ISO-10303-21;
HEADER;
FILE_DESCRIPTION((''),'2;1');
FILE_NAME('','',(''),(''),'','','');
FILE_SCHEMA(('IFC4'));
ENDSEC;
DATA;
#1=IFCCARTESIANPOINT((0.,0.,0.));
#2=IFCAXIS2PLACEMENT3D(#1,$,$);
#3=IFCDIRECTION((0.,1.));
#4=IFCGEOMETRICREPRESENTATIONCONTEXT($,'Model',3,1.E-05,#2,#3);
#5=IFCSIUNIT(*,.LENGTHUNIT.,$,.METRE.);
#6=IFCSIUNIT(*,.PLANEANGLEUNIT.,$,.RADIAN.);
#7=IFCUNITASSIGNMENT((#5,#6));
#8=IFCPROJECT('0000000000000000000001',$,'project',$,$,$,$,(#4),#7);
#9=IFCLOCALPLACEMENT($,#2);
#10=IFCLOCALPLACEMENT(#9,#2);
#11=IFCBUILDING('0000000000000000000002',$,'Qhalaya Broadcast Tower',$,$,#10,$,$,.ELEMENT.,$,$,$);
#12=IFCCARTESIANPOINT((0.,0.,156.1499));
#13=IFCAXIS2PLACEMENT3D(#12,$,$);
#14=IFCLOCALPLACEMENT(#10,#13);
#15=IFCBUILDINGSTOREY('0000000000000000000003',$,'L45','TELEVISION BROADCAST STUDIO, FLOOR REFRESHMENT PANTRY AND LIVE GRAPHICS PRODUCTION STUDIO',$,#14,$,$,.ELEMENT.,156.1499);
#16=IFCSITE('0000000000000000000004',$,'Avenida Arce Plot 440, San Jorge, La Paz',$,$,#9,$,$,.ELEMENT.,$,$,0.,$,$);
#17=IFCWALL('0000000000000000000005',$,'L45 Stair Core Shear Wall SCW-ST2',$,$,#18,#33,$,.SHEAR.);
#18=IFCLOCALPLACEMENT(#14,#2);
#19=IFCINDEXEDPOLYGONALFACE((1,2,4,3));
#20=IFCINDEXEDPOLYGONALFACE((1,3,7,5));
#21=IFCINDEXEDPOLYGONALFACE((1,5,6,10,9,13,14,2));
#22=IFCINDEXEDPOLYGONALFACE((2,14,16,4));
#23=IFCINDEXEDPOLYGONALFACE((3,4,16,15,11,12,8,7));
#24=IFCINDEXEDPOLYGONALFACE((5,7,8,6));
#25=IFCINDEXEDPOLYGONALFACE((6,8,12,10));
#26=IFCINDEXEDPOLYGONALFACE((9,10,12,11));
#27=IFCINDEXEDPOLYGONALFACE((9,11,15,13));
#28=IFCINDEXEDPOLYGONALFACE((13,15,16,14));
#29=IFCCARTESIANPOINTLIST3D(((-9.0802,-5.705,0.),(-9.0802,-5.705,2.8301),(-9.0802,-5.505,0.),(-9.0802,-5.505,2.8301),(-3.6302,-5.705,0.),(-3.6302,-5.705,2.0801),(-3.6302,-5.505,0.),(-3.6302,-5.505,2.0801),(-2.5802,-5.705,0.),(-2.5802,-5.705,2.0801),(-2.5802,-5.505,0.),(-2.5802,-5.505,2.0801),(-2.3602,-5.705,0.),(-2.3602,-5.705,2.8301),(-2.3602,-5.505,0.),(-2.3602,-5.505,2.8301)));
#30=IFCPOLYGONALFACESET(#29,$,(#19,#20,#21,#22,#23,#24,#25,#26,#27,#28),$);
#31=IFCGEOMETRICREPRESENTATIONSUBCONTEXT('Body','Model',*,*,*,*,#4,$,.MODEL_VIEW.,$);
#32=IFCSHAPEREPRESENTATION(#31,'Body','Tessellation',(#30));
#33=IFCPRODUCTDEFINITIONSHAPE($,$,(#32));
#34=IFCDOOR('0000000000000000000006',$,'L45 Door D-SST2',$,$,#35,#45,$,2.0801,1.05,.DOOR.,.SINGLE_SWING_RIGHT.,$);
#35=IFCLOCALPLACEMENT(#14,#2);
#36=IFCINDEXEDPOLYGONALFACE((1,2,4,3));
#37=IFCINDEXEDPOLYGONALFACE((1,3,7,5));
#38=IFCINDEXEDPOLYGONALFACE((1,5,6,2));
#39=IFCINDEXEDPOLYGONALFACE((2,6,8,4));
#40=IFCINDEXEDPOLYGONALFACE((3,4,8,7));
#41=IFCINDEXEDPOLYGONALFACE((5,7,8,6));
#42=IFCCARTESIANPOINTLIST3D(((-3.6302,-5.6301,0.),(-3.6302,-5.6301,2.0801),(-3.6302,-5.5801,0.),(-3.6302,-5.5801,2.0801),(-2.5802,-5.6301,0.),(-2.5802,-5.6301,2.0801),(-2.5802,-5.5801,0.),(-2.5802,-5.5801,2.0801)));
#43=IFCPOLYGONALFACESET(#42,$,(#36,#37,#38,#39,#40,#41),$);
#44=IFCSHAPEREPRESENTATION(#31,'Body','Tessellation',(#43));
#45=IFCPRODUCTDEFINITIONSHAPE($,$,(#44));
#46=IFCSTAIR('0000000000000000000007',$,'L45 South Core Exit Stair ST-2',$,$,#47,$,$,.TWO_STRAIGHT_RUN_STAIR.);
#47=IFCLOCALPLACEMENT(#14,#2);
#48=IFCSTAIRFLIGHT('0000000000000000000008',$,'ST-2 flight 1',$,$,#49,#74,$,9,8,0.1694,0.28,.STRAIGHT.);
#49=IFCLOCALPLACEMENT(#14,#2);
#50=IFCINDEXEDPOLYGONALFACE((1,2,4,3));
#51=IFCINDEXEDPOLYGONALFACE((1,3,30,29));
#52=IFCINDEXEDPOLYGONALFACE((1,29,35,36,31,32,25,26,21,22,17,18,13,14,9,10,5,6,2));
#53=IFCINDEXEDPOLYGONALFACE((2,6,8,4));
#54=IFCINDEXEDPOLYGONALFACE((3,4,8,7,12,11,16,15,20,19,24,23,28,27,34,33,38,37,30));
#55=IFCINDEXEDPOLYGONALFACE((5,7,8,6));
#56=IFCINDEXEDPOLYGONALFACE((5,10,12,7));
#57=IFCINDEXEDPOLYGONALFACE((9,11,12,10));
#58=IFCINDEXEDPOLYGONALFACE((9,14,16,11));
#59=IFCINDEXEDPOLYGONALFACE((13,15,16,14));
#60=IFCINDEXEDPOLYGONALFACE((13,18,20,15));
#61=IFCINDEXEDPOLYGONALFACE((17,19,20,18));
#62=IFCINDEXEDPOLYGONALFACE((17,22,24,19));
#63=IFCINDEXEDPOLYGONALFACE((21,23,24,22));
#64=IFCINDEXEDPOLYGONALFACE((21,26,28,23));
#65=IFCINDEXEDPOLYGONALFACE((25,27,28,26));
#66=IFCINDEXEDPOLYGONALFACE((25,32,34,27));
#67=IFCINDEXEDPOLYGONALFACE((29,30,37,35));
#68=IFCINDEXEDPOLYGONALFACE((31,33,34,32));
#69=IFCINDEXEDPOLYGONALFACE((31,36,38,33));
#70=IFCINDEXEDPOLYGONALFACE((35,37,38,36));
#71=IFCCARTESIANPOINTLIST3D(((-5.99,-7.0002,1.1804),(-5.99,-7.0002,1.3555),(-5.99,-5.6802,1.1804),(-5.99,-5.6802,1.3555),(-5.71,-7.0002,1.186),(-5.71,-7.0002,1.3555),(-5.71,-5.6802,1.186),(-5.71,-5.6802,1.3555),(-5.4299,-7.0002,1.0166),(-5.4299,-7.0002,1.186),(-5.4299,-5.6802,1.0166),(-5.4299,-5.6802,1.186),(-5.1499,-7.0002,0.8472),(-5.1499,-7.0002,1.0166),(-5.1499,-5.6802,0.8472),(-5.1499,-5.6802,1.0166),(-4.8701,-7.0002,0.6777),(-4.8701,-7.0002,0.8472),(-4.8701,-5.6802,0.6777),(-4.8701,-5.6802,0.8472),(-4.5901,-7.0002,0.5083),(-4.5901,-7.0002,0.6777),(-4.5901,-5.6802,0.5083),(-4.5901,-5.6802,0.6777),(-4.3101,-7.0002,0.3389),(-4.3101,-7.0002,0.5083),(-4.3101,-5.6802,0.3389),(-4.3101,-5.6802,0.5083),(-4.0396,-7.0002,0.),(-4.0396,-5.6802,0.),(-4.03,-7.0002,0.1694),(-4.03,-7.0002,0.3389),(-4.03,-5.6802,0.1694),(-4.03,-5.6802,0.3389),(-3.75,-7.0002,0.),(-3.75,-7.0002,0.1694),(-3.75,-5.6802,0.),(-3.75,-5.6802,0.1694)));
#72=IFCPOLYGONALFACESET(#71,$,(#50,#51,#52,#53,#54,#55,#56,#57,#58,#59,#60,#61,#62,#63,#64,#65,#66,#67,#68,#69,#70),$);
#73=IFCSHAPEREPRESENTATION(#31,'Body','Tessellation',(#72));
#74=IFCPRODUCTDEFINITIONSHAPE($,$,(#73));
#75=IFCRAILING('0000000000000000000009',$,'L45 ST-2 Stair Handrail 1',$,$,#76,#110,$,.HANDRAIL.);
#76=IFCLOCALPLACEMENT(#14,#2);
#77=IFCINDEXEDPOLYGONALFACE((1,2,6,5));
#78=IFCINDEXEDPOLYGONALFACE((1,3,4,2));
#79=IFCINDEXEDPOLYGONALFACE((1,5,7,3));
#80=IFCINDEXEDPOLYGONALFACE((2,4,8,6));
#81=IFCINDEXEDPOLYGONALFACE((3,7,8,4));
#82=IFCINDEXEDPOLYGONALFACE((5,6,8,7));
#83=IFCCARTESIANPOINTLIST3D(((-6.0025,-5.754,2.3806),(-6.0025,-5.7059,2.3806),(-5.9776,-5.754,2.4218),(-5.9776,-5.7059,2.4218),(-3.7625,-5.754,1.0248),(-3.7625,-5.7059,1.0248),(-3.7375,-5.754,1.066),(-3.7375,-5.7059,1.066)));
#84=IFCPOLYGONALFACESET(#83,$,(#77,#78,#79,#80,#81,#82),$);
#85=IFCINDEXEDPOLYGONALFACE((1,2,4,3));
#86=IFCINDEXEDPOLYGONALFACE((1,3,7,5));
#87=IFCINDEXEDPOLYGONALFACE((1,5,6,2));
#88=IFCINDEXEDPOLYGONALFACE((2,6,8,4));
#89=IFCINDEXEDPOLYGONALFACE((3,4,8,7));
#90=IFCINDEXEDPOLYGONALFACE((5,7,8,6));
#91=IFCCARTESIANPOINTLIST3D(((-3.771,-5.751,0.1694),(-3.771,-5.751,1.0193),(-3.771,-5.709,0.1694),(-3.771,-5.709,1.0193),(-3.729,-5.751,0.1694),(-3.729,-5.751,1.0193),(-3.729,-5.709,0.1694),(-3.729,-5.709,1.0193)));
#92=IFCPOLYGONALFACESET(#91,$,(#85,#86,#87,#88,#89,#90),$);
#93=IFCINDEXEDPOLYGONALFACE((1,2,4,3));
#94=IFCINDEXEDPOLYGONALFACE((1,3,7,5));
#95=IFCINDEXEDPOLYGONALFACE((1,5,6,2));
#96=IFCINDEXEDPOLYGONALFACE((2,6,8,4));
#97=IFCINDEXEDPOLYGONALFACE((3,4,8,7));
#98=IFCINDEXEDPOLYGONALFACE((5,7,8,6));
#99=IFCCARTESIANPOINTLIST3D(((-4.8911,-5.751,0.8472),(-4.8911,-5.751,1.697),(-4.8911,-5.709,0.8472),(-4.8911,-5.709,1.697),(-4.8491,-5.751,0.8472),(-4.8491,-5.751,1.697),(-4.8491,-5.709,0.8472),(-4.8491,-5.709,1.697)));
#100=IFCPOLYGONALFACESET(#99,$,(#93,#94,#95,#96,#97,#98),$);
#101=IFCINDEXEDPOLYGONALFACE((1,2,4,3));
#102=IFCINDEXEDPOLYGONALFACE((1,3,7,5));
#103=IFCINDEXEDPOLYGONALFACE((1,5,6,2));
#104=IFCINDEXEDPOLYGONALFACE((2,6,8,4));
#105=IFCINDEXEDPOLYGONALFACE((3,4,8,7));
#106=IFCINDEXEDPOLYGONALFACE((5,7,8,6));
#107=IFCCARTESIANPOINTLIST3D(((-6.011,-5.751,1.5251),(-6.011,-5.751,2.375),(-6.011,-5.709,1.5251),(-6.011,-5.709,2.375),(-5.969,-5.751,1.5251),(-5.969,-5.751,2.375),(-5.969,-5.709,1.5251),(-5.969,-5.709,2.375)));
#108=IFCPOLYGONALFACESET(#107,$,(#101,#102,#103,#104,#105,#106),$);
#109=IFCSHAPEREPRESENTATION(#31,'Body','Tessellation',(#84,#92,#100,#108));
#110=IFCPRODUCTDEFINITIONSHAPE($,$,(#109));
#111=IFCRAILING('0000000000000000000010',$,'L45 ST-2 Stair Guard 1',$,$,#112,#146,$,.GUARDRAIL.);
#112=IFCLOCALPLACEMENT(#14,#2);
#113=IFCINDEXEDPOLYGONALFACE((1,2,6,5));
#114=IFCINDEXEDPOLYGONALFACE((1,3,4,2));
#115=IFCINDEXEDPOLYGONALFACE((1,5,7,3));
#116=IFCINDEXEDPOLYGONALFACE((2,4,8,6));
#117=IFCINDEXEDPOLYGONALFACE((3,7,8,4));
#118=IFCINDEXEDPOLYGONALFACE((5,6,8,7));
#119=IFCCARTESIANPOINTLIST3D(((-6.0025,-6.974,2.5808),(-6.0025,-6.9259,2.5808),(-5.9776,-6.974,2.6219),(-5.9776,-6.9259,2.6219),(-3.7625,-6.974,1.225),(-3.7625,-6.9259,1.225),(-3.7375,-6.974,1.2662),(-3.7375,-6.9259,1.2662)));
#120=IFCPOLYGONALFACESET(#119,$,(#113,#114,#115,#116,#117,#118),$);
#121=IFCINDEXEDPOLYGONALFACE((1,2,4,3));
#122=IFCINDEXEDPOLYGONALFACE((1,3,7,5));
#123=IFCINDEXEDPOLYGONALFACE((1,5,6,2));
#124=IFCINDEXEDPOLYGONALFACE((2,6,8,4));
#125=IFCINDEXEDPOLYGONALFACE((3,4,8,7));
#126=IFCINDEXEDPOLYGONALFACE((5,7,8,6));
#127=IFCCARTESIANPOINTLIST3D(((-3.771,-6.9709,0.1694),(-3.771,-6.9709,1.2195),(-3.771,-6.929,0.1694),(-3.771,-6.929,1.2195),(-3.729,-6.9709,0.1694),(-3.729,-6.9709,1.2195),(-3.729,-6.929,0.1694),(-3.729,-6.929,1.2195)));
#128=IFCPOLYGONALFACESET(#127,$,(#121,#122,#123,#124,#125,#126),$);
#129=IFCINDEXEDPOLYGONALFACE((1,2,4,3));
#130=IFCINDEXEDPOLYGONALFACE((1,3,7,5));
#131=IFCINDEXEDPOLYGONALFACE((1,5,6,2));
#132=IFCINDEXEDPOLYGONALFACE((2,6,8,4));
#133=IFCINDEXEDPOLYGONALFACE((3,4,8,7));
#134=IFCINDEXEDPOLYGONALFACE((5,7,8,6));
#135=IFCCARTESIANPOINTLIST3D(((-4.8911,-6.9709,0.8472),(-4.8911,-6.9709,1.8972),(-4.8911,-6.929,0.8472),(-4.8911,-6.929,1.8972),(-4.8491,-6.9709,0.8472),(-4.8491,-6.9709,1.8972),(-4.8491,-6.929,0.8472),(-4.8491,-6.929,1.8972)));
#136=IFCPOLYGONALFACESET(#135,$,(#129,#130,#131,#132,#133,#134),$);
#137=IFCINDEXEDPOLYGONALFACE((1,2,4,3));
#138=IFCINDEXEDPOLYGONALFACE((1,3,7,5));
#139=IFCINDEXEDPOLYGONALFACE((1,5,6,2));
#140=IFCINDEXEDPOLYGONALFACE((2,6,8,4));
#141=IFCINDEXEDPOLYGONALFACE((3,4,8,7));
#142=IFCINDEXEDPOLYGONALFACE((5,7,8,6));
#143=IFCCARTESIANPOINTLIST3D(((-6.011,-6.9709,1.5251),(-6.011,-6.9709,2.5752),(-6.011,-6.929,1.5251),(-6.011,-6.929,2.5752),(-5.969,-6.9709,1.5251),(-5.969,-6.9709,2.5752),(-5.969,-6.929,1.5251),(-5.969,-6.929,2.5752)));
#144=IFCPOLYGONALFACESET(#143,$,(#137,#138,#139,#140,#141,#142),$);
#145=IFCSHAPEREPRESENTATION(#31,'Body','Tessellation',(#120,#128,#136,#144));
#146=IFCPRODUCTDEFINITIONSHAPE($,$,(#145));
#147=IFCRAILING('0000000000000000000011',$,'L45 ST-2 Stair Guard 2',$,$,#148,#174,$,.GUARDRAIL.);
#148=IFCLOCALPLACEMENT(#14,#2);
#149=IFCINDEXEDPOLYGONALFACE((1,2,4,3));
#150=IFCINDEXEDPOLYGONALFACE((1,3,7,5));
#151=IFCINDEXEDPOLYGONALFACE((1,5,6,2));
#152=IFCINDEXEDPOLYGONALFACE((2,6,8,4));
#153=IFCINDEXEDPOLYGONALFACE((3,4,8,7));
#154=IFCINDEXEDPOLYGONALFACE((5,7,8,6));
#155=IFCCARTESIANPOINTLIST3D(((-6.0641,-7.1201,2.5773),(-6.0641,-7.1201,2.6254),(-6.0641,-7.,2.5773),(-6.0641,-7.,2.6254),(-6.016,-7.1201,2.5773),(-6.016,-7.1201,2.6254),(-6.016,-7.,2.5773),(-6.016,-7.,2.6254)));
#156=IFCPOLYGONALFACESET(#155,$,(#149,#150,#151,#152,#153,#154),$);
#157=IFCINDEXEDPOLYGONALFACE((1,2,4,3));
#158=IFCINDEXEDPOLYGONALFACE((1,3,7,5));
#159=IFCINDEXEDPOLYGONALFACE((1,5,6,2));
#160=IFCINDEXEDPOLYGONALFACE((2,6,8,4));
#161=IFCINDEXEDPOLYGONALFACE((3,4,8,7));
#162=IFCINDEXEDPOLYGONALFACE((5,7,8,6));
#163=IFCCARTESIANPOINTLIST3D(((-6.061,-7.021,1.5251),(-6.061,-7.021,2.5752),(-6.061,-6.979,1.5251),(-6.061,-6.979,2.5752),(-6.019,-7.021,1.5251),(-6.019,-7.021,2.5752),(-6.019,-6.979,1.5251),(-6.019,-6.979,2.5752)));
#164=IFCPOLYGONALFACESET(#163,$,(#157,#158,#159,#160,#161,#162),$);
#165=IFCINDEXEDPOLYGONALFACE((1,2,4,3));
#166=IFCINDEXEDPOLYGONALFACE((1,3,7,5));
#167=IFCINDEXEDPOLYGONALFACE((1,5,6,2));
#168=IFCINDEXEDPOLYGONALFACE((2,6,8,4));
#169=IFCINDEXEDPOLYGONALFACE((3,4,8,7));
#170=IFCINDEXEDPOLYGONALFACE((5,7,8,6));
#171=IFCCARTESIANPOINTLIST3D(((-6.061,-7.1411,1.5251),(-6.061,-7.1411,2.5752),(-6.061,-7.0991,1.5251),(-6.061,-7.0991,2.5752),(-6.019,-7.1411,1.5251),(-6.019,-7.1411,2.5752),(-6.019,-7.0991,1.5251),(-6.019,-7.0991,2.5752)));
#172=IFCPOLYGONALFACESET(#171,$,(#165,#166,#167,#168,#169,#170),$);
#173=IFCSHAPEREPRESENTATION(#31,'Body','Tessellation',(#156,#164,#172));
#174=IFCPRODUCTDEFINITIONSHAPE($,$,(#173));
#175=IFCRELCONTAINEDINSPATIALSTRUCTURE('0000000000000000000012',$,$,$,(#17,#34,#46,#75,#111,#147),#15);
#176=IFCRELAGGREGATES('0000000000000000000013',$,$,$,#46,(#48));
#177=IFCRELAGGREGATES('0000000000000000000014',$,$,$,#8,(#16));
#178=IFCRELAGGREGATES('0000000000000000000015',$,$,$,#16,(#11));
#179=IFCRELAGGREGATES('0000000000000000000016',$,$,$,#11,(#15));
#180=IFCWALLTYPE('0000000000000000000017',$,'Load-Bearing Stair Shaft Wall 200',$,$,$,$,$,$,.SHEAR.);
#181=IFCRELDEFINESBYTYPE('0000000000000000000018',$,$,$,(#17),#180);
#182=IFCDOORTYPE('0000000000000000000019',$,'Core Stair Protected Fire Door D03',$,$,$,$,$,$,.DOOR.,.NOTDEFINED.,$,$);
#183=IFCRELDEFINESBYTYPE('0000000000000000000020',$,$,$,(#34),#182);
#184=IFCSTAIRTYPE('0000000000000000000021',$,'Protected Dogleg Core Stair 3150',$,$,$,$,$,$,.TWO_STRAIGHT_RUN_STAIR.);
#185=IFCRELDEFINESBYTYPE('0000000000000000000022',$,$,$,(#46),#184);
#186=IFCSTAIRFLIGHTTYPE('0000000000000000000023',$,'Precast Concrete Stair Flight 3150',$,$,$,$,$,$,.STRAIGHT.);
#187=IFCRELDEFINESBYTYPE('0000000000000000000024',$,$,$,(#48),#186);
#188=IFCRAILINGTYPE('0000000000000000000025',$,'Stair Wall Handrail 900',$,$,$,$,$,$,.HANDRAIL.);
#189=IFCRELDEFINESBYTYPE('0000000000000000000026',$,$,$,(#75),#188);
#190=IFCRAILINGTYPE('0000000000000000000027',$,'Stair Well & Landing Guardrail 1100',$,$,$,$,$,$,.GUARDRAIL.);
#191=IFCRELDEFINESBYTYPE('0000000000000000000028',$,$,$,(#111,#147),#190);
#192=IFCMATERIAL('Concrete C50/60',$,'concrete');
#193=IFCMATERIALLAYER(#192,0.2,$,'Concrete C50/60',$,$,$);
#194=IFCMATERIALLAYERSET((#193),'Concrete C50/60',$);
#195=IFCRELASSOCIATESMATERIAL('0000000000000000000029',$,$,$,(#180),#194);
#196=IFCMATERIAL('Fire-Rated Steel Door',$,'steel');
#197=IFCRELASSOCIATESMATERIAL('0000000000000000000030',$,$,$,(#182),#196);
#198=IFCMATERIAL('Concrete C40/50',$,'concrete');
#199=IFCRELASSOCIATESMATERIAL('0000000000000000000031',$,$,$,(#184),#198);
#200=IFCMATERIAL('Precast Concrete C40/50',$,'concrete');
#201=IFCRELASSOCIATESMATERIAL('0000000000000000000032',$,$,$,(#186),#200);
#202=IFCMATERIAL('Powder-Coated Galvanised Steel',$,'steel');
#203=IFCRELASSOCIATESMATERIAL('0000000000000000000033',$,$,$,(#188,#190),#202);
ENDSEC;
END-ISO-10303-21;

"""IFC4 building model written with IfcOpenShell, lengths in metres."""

from ifc_helpers import new_model, si_unit, direction, frame, frame_2d, origin, origin_2d, place, context, subcontext, project, spatial, polyline, rectangle, outline, extrude, material, layer, layer_set, type_object, element, fill, aggregate, save


model = new_model("IFC4")

# Units and contexts
model_context = context("Model", 3, precision=1e-05, world=origin(), true_north=direction((0.0, 1.0)))
body_context = subcontext(model_context, "Body", "Model", "MODEL_VIEW")
ifc_project = project(units=[si_unit("LENGTHUNIT", "METRE"), si_unit("PLANEANGLEUNIT", "RADIAN")], contexts=[model_context])

# Site, building, storey
site_placement = place(None, origin())
site = spatial("IfcSite", under=ifc_project, at=site_placement, Name="Avenida Arce Plot 440, San Jorge, La Paz", CompositionType="ELEMENT", RefElevation=0.0)
building_placement = place(site_placement, origin())
building = spatial("IfcBuilding", under=site, at=building_placement, Name="Qhalaya Broadcast Tower", CompositionType="ELEMENT")
storey_placement = place(building_placement, frame((0.0, 0.0, 156.1499)))
storey = spatial("IfcBuildingStorey", under=building, at=storey_placement, Name="L45", Description="TELEVISION BROADCAST STUDIO, FLOOR REFRESHMENT PANTRY AND LIVE GRAPHICS PRODUCTION STUDIO", CompositionType="ELEMENT", Elevation=156.1499)

# Shared definitions
ifc_material_1 = material(Name="Concrete C50/60", Category="concrete")

# Wall, opening, door
ifc_layer_1 = layer(ifc_material_1, 0.2, Name="Concrete C50/60")
ifc_layer_set_1 = layer_set([ifc_layer_1], Name="Concrete C50/60")
wall_type_1 = type_object("IfcWallType", Name="Load-Bearing Stair Shaft Wall 200", PredefinedType="SHEAR", material=ifc_layer_set_1)
wall_1_placement = place(storey_placement, frame((-9.0801, -5.605, 0.0), z_axis=(0.0, 0.0, 1.0), x_axis=(1.0, 0.0, 0.0)))
wall_1 = element("IfcWall", 1, at=wall_1_placement, inside=storey, type_object=wall_type_1, Name="L45 Stair Core Shear Wall SCW-ST2", PredefinedType="SHEAR", context=body_context, shape_type="SweptSolid", body=[
    extrude(rectangle(XDim=6.72, YDim=0.2, at=frame_2d((3.3599, 0.0))), origin(), (0.0, 0.0, 1.0), 2.8301),
])
opening_1_placement = place(wall_1_placement, frame((5.45, 0.0, 0.0)))
opening_1 = element("IfcOpeningElement", 2, at=opening_1_placement, cuts=wall_1, PredefinedType="OPENING", context=body_context, shape_type="SweptSolid", body=[
    extrude(rectangle(XDim=1.05, YDim=2.0801, at=frame_2d((0.5249, 1.04))), frame((0.0, 0.1121, 0.0), z_axis=(0.0, -1.0, 0.0), x_axis=(1.0, 0.0, 0.0)), (0.0, 0.0, 1.0), 0.2239),
])
ifc_material_2 = material(Name="Fire-Rated Steel Door", Category="steel")
door_type_1 = type_object("IfcDoorType", Name="Core Stair Protected Fire Door D03", OperationType="NOTDEFINED", PredefinedType="DOOR", material=ifc_material_2)
door_1_placement = place(opening_1_placement, origin())
door_1 = element("IfcDoor", 3, at=door_1_placement, inside=storey, type_object=door_type_1, Name="L45 Door D-SST2", OperationType="SINGLE_SWING_RIGHT", OverallHeight=2.0801, OverallWidth=1.05, PredefinedType="DOOR", context=body_context, shape_type="SweptSolid", body=[
    extrude(rectangle(XDim=1.05, YDim=2.0801, at=frame_2d((0.5249, 1.04))), frame((0.0, 0.0249, 0.0), z_axis=(0.0, -1.0, 0.0), x_axis=(1.0, 0.0, 0.0)), (0.0, 0.0, 1.0), 0.05),
])
fill(opening_1, door_1)

# Stair, stair flight
ifc_material_3 = material(Name="Concrete C40/50", Category="concrete")
stair_type = type_object("IfcStairType", Name="Protected Dogleg Core Stair 3150", PredefinedType="TWO_STRAIGHT_RUN_STAIR", material=ifc_material_3)
stair_placement = place(storey_placement, origin())
stair = element("IfcStair", 4, at=stair_placement, inside=storey, type_object=stair_type, Name="L45 South Core Exit Stair ST-2", PredefinedType="TWO_STRAIGHT_RUN_STAIR")
ifc_material_4 = material(Name="Precast Concrete C40/50", Category="concrete")
stair_flight_type = type_object("IfcStairFlightType", Name="Precast Concrete Stair Flight 3150", PredefinedType="STRAIGHT", material=ifc_material_4)
stair_flight_placement = place(storey_placement, frame((-3.75, -6.3401, 0.0), z_axis=(0.0, 0.0, 1.0), x_axis=(-1.0, 0.0, 0.0)))
stair_flight = element("IfcStairFlight", 5, at=stair_flight_placement, type_object=stair_flight_type, Name="ST-2 flight 1", NumberOfRisers=9, NumberOfTreads=8, PredefinedType="STRAIGHT", RiserHeight=0.1694, TreadLength=0.28, context=body_context, shape_type="SweptSolid", body=[
    extrude(outline(polyline([(0.0, 0.0), (0.0, 0.1694), (0.28, 0.1694), (0.28, 0.3389), (0.5601, 0.3389), (0.5601, 0.5083), (0.8401, 0.5083), (0.8401, 0.6777), (1.1201, 0.6777), (1.1201, 0.8472), (1.3999, 0.8472), (1.3999, 1.0166), (1.6799, 1.0166), (1.6799, 1.186), (1.96, 1.186), (1.96, 1.3555), (2.24, 1.3555), (2.24, 1.5249), (2.24, 1.1804), (0.2896, 0.0), (0.0, 0.0)])), frame((0.0, 0.6602, 0.0), z_axis=(0.0, -1.0, 0.0), x_axis=(1.0, 0.0, 0.0)), (0.0, 0.0, 1.0), 1.3201),
])
aggregate(stair, [stair_flight])

# Railings
ifc_material_5 = material(Name="Powder-Coated Galvanised Steel", Category="steel")
railing_type_1 = type_object("IfcRailingType", Name="Stair Wall Handrail 900", PredefinedType="HANDRAIL", material=ifc_material_5)
railing_1_placement = place(storey_placement, frame((-3.75, -5.73, 0.1694)))
element("IfcRailing", 6, at=railing_1_placement, inside=storey, type_object=railing_type_1, Name="L45 ST-2 Stair Handrail 1", PredefinedType="HANDRAIL", context=body_context, shape_type="SweptSolid", body=[
    extrude(rectangle(XDim=0.0481, YDim=0.0481, at=origin_2d()), frame((0.0, 0.0, 0.876), z_axis=(-0.855512, 0.0, 0.517783), x_axis=(0.0, -1.0, 0.0)), (0.0, 0.0, 1.0), 2.6184),
    extrude(rectangle(XDim=0.042, YDim=0.042, at=origin_2d()), origin(), (0.0, 0.0, 1.0), 0.8499),
    extrude(rectangle(XDim=0.042, YDim=0.042, at=origin_2d()), frame((-1.1201, 0.0, 0.6777)), (0.0, 0.0, 1.0), 0.8499),
    extrude(rectangle(XDim=0.042, YDim=0.042, at=origin_2d()), frame((-2.24, 0.0, 1.3557)), (0.0, 0.0, 1.0), 0.8499),
])
railing_type_2 = type_object("IfcRailingType", Name="Stair Well & Landing Guardrail 1100", PredefinedType="GUARDRAIL", material=ifc_material_5)
railing_2_placement = place(storey_placement, frame((-3.75, -6.95, 0.1694)))
element("IfcRailing", 7, at=railing_2_placement, inside=storey, type_object=railing_type_2, Name="L45 ST-2 Stair Guard 1", PredefinedType="GUARDRAIL", context=body_context, shape_type="SweptSolid", body=[
    extrude(rectangle(XDim=0.0481, YDim=0.0481, at=origin_2d()), frame((0.0, 0.0, 1.0762), z_axis=(-0.855512, 0.0, 0.517783), x_axis=(0.0, -1.0, 0.0)), (0.0, 0.0, 1.0), 2.6184),
    extrude(rectangle(XDim=0.042, YDim=0.042, at=origin_2d()), origin(), (0.0, 0.0, 1.0), 1.05),
    extrude(rectangle(XDim=0.042, YDim=0.042, at=origin_2d()), frame((-1.1201, 0.0, 0.6777)), (0.0, 0.0, 1.0), 1.05),
    extrude(rectangle(XDim=0.042, YDim=0.042, at=origin_2d()), frame((-2.24, 0.0, 1.3557)), (0.0, 0.0, 1.0), 1.05),
])
railing_3_placement = place(storey_placement, frame((-6.04, -7.0, 1.5251)))
element("IfcRailing", 8, at=railing_3_placement, inside=storey, type_object=railing_type_2, Name="L45 ST-2 Stair Guard 2", PredefinedType="GUARDRAIL", context=body_context, shape_type="SweptSolid", body=[
    extrude(rectangle(XDim=0.0481, YDim=0.0481, at=origin_2d()), frame((0.0, 0.0, 1.0762), z_axis=(0.0, -1.0, 0.0), x_axis=(1.0, 0.0, 0.0)), (0.0, 0.0, 1.0), 0.1201),
    extrude(rectangle(XDim=0.042, YDim=0.042, at=origin_2d()), origin(), (0.0, 0.0, 1.0), 1.05),
    extrude(rectangle(XDim=0.042, YDim=0.042, at=origin_2d()), frame((0.0, -0.1201, 0.0)), (0.0, 0.0, 1.0), 1.05),
])

save(model, "model.ifc")
